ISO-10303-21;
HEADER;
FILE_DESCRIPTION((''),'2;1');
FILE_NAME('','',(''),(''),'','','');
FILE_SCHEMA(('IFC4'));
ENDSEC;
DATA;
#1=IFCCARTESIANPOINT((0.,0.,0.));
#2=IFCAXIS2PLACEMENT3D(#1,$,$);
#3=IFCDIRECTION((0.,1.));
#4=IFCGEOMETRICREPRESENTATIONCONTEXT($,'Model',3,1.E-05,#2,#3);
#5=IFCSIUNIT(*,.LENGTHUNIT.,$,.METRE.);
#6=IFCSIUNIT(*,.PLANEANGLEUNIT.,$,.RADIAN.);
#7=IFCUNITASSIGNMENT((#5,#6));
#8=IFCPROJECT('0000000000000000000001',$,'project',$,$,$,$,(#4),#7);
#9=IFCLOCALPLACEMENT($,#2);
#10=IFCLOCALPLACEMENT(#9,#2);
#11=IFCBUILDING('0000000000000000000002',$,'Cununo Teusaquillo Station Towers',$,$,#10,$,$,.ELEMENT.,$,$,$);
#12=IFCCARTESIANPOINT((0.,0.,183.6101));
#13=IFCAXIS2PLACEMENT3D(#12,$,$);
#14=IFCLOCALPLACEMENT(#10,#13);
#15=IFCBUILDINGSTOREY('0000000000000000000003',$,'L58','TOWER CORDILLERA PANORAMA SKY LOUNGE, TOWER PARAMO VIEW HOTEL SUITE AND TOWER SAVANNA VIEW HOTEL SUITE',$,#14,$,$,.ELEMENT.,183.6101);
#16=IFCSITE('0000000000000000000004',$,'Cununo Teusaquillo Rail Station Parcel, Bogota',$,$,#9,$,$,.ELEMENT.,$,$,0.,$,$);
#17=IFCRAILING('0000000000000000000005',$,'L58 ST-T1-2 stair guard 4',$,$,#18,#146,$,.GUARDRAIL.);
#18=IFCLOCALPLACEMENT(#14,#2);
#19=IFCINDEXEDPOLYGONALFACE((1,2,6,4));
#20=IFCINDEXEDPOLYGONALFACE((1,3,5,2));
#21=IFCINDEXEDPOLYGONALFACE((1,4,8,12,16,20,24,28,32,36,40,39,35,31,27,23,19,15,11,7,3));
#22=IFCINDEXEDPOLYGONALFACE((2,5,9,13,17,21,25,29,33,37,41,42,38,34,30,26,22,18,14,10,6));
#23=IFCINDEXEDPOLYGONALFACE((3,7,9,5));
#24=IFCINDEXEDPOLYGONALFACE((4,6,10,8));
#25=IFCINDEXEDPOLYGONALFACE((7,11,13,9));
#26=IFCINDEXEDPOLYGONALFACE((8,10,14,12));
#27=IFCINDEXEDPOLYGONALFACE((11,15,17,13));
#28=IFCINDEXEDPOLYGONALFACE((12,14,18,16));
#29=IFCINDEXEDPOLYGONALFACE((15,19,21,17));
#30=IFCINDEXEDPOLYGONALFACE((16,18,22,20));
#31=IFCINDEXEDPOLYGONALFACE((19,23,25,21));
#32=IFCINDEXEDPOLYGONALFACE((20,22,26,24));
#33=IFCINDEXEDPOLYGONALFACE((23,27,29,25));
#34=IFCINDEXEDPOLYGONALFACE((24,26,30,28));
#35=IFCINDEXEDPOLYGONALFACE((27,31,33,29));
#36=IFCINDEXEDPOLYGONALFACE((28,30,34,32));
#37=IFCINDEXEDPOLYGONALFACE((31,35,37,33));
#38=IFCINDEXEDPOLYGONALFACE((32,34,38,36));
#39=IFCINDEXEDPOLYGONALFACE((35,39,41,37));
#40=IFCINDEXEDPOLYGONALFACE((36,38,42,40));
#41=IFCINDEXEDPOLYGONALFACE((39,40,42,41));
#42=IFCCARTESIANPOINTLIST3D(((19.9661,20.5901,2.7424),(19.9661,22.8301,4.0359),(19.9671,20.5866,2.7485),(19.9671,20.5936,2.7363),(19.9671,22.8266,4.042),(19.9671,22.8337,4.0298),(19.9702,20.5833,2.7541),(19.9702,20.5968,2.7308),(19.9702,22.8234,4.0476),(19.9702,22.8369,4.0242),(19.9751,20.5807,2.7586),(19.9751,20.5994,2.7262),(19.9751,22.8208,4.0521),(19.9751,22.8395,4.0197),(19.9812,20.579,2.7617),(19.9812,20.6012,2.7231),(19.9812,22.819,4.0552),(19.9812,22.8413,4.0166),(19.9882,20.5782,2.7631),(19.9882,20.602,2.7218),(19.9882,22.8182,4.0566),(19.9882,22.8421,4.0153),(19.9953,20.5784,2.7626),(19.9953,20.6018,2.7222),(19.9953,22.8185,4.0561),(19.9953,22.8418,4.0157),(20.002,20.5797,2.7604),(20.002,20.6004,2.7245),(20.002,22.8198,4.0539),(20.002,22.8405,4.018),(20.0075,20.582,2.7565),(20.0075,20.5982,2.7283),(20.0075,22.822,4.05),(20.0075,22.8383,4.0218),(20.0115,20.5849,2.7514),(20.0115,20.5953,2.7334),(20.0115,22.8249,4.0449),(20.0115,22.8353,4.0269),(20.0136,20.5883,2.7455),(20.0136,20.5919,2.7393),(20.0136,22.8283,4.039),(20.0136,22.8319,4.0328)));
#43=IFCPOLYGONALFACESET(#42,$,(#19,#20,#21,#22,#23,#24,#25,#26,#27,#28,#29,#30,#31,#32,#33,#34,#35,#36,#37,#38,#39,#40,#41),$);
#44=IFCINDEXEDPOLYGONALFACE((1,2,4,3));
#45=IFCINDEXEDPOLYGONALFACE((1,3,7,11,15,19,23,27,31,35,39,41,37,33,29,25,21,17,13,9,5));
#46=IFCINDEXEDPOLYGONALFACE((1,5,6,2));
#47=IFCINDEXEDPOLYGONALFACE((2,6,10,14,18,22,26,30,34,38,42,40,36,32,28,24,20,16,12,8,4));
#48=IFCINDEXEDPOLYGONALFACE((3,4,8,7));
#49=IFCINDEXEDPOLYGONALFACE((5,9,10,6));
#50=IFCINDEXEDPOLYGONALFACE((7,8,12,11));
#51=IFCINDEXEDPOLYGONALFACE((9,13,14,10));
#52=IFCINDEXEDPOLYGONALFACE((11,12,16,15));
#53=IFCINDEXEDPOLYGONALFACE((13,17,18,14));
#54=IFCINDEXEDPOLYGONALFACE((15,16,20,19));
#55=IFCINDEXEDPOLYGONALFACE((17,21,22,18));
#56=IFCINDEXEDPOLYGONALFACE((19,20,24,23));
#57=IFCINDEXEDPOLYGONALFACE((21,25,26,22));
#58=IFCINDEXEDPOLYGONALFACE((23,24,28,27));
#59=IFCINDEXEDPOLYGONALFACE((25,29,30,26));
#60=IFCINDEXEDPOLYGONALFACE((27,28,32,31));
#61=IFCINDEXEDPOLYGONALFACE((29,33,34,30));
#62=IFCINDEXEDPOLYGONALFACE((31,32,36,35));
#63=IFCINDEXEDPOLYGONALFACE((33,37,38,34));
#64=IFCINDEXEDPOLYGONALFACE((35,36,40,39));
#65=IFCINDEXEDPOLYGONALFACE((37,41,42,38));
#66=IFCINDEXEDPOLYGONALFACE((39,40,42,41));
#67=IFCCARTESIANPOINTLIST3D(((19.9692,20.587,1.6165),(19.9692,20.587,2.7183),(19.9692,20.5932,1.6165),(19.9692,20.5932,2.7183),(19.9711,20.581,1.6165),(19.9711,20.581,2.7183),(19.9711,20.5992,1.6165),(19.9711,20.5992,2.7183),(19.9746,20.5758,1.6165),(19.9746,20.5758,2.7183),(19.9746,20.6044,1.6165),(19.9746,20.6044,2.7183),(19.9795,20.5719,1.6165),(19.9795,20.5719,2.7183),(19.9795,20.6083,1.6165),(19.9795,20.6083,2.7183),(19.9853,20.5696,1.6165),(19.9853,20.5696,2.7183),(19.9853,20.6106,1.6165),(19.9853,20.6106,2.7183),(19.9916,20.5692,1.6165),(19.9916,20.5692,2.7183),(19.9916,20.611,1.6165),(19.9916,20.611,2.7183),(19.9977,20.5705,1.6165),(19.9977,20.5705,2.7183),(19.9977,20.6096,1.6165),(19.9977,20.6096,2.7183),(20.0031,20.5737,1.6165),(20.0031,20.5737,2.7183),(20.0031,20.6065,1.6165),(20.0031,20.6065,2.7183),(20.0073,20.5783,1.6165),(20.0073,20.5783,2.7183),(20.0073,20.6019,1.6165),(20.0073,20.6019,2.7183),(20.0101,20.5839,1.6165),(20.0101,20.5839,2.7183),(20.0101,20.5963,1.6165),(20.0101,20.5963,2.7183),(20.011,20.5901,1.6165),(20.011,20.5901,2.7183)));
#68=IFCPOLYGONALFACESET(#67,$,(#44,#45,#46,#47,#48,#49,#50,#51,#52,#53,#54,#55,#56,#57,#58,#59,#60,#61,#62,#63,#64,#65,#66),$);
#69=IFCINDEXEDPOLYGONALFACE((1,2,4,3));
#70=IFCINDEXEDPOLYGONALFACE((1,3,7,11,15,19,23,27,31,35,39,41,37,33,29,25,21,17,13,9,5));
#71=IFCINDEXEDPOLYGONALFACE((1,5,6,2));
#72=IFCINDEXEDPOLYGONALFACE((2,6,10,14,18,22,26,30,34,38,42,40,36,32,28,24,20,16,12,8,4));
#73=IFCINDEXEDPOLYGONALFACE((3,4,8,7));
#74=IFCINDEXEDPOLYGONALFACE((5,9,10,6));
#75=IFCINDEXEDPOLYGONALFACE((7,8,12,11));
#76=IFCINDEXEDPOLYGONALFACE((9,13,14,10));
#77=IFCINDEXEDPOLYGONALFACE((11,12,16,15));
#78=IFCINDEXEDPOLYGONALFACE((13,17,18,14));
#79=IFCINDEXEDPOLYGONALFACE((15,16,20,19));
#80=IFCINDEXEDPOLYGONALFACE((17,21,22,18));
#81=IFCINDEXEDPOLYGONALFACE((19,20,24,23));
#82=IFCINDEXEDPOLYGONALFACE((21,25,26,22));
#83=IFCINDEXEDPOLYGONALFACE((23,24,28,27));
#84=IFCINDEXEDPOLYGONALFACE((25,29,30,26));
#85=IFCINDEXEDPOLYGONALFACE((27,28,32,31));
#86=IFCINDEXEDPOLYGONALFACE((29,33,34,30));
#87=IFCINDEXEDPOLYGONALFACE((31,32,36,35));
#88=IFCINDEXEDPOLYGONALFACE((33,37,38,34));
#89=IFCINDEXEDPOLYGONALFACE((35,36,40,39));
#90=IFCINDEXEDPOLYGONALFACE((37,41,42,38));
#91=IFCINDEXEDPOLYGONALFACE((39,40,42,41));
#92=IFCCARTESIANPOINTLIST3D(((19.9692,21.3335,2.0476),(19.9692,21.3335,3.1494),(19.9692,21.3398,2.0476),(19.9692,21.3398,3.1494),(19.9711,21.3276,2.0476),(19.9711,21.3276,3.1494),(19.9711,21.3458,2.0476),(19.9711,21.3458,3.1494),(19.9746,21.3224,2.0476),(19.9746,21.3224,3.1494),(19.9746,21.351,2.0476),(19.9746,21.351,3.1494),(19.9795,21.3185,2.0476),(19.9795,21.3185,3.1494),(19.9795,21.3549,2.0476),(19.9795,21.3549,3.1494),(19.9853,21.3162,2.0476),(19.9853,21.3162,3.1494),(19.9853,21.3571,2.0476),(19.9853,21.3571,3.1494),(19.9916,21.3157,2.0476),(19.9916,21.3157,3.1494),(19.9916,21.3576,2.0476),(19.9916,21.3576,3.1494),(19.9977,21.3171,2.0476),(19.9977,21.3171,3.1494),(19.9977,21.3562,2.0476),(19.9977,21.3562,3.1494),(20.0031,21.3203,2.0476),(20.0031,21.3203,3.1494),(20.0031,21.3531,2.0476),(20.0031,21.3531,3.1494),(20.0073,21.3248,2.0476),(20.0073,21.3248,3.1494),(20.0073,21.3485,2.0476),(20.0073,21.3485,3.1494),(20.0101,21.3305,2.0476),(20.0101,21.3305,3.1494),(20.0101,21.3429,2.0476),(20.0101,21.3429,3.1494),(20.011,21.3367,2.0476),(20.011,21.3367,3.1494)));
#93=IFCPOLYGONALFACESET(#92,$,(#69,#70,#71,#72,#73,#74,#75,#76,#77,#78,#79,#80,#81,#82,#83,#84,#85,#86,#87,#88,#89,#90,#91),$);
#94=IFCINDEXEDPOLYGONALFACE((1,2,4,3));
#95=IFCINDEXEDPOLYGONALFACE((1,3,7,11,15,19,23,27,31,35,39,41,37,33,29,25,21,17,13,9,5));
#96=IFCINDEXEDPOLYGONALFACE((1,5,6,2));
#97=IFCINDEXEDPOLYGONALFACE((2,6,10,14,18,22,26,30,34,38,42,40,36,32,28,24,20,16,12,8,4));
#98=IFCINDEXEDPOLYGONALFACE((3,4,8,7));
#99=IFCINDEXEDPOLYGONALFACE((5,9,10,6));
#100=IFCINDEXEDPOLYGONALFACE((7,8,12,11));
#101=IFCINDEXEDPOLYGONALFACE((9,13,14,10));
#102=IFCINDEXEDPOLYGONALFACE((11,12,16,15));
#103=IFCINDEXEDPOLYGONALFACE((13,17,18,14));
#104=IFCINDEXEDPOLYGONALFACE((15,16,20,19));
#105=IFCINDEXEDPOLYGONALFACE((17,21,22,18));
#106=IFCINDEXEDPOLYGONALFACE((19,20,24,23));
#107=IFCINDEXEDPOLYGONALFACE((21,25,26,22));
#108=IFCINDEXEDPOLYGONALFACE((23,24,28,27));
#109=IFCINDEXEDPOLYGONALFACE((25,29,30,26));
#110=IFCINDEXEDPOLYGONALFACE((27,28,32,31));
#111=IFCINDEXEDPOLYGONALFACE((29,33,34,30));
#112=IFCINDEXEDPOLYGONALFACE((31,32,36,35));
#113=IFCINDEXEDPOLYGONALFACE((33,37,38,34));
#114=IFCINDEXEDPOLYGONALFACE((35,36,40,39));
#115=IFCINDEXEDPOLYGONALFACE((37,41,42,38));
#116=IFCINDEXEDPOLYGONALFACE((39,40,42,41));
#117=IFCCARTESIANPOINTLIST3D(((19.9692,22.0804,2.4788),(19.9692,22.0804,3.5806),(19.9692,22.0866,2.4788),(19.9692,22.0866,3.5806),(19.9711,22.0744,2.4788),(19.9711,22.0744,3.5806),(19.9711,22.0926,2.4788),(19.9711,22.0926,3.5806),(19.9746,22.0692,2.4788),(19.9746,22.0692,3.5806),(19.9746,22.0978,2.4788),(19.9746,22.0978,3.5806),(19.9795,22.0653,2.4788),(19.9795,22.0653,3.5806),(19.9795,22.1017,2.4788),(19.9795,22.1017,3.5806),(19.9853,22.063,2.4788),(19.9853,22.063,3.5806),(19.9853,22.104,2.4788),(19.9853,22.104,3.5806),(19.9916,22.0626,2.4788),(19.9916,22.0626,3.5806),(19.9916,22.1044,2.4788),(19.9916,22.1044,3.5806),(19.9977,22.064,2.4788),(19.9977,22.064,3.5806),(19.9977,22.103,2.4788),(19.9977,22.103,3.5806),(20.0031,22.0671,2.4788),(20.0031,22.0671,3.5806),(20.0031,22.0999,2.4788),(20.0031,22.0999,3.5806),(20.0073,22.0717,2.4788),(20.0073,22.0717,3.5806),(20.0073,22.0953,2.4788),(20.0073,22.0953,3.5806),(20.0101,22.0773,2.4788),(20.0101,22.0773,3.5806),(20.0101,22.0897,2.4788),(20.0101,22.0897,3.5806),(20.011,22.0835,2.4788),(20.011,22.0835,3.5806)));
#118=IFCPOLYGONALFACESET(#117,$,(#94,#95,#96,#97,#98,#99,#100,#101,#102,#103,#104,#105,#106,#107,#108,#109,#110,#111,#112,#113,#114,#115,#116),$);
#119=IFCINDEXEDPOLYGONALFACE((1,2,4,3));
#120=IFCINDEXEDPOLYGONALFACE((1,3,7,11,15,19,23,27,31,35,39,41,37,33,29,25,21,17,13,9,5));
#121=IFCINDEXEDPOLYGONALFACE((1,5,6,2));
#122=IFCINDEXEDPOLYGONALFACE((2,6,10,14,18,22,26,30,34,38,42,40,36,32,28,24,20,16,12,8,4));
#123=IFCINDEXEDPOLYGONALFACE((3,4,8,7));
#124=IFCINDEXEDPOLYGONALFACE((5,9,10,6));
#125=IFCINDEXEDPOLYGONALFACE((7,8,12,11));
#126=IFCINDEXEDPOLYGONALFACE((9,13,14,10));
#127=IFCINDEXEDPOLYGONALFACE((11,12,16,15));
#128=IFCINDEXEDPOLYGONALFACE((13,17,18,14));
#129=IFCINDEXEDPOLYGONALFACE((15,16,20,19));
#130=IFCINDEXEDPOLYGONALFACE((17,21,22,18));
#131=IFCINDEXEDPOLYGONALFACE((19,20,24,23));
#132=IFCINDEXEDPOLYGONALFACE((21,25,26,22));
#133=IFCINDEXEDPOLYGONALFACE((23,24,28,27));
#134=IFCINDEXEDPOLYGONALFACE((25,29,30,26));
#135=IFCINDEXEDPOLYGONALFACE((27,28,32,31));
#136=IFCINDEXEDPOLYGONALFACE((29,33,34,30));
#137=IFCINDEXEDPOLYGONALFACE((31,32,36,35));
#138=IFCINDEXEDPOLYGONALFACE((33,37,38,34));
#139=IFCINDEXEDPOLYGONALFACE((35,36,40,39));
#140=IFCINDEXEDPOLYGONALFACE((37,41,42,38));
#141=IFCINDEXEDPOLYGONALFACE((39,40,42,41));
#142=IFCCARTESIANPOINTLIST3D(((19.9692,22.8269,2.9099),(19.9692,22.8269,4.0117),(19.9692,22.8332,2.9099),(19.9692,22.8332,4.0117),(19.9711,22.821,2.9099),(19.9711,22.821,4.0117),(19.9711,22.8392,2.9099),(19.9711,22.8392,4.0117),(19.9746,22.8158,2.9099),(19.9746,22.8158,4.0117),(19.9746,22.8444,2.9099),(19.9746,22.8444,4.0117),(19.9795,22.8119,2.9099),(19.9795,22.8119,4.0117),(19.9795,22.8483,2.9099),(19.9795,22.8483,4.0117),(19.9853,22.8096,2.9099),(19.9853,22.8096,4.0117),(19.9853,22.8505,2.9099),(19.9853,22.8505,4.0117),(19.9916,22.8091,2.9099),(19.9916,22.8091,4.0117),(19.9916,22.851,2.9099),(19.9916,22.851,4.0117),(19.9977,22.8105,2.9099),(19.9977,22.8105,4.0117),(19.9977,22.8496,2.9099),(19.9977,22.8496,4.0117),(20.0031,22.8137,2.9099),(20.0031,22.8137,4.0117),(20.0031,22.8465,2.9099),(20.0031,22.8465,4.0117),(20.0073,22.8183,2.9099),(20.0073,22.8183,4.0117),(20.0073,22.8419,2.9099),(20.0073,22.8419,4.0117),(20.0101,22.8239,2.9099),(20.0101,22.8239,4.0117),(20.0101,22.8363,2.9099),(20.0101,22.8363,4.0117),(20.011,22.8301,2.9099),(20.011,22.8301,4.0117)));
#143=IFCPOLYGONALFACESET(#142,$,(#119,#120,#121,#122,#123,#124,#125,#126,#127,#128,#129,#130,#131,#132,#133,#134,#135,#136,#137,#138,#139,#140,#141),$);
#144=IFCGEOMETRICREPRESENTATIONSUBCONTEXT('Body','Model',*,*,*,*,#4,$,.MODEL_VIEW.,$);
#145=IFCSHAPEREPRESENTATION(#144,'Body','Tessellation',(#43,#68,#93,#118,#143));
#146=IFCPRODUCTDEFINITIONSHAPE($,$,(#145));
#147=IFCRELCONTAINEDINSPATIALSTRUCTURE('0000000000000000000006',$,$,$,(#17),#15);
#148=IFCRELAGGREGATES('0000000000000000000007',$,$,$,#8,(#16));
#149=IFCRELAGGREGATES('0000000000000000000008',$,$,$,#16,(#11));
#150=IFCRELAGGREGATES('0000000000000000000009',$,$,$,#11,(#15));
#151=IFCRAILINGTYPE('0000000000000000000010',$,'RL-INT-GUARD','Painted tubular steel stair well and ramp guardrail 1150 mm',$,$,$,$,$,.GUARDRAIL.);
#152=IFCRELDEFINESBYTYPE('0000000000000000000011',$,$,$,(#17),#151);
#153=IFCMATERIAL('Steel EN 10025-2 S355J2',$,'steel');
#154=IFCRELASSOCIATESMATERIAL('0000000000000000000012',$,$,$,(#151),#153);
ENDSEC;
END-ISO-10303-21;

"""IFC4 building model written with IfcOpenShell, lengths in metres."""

from ifc_helpers import new_model, si_unit, direction, frame, origin, origin_2d, place, context, subcontext, project, spatial, circle, extrude, material, type_object, element, save


model = new_model("IFC4")

# Units and contexts
model_context = context("Model", 3, precision=1e-05, world=origin(), true_north=direction((0.0, 1.0)))
body_context = subcontext(model_context, "Body", "Model", "MODEL_VIEW")
ifc_project = project(units=[si_unit("LENGTHUNIT", "METRE"), si_unit("PLANEANGLEUNIT", "RADIAN")], contexts=[model_context])

# Site, building, storey
site_placement = place(None, origin())
site = spatial("IfcSite", under=ifc_project, at=site_placement, Name="Cununo Teusaquillo Rail Station Parcel, Bogota", CompositionType="ELEMENT", RefElevation=0.0)
building_placement = place(site_placement, origin())
building = spatial("IfcBuilding", under=site, at=building_placement, Name="Cununo Teusaquillo Station Towers", CompositionType="ELEMENT")
storey_placement = place(building_placement, frame((0.0, 0.0, 183.6101)))
storey = spatial("IfcBuildingStorey", under=building, at=storey_placement, Name="L58", Description="TOWER CORDILLERA PANORAMA SKY LOUNGE, TOWER PARAMO VIEW HOTEL SUITE AND TOWER SAVANNA VIEW HOTEL SUITE", CompositionType="ELEMENT", Elevation=183.6101)

# Railing
ifc_material_1 = material(Name="Steel EN 10025-2 S355J2", Category="steel")
railing_type_1 = type_object("IfcRailingType", Name="RL-INT-GUARD", Description="Painted tubular steel stair well and ramp guardrail 1150 mm", PredefinedType="GUARDRAIL", material=ifc_material_1)
railing_1_placement = place(storey_placement, frame((19.99, 20.5901, 1.6165)))
element("IfcRailing", 1, at=railing_1_placement, inside=storey, type_object=railing_type_1, Name="L58 ST-T1-2 stair guard 4", PredefinedType="GUARDRAIL", context=body_context, shape_type="SweptSolid", body=[
    extrude(circle(Radius=0.0239, at=origin_2d()), frame((0.0, 0.0, 1.126), z_axis=(0.0, 0.865992, 0.500057), x_axis=(-1.0, 0.0, 0.0)), (0.0, 0.0, 1.0), 2.5867),
    extrude(circle(Radius=0.021, at=origin_2d()), origin(), (0.0, 0.0, 1.0), 1.1018),
    extrude(circle(Radius=0.021, at=origin_2d()), frame((0.0, 0.7466, 0.4312)), (0.0, 0.0, 1.0), 1.1018),
    extrude(circle(Radius=0.021, at=origin_2d()), frame((0.0, 1.4934, 0.8623)), (0.0, 0.0, 1.0), 1.1018),
    extrude(circle(Radius=0.021, at=origin_2d()), frame((0.0, 2.24, 1.2935)), (0.0, 0.0, 1.0), 1.1018),
])

save(model, "model.ifc")
